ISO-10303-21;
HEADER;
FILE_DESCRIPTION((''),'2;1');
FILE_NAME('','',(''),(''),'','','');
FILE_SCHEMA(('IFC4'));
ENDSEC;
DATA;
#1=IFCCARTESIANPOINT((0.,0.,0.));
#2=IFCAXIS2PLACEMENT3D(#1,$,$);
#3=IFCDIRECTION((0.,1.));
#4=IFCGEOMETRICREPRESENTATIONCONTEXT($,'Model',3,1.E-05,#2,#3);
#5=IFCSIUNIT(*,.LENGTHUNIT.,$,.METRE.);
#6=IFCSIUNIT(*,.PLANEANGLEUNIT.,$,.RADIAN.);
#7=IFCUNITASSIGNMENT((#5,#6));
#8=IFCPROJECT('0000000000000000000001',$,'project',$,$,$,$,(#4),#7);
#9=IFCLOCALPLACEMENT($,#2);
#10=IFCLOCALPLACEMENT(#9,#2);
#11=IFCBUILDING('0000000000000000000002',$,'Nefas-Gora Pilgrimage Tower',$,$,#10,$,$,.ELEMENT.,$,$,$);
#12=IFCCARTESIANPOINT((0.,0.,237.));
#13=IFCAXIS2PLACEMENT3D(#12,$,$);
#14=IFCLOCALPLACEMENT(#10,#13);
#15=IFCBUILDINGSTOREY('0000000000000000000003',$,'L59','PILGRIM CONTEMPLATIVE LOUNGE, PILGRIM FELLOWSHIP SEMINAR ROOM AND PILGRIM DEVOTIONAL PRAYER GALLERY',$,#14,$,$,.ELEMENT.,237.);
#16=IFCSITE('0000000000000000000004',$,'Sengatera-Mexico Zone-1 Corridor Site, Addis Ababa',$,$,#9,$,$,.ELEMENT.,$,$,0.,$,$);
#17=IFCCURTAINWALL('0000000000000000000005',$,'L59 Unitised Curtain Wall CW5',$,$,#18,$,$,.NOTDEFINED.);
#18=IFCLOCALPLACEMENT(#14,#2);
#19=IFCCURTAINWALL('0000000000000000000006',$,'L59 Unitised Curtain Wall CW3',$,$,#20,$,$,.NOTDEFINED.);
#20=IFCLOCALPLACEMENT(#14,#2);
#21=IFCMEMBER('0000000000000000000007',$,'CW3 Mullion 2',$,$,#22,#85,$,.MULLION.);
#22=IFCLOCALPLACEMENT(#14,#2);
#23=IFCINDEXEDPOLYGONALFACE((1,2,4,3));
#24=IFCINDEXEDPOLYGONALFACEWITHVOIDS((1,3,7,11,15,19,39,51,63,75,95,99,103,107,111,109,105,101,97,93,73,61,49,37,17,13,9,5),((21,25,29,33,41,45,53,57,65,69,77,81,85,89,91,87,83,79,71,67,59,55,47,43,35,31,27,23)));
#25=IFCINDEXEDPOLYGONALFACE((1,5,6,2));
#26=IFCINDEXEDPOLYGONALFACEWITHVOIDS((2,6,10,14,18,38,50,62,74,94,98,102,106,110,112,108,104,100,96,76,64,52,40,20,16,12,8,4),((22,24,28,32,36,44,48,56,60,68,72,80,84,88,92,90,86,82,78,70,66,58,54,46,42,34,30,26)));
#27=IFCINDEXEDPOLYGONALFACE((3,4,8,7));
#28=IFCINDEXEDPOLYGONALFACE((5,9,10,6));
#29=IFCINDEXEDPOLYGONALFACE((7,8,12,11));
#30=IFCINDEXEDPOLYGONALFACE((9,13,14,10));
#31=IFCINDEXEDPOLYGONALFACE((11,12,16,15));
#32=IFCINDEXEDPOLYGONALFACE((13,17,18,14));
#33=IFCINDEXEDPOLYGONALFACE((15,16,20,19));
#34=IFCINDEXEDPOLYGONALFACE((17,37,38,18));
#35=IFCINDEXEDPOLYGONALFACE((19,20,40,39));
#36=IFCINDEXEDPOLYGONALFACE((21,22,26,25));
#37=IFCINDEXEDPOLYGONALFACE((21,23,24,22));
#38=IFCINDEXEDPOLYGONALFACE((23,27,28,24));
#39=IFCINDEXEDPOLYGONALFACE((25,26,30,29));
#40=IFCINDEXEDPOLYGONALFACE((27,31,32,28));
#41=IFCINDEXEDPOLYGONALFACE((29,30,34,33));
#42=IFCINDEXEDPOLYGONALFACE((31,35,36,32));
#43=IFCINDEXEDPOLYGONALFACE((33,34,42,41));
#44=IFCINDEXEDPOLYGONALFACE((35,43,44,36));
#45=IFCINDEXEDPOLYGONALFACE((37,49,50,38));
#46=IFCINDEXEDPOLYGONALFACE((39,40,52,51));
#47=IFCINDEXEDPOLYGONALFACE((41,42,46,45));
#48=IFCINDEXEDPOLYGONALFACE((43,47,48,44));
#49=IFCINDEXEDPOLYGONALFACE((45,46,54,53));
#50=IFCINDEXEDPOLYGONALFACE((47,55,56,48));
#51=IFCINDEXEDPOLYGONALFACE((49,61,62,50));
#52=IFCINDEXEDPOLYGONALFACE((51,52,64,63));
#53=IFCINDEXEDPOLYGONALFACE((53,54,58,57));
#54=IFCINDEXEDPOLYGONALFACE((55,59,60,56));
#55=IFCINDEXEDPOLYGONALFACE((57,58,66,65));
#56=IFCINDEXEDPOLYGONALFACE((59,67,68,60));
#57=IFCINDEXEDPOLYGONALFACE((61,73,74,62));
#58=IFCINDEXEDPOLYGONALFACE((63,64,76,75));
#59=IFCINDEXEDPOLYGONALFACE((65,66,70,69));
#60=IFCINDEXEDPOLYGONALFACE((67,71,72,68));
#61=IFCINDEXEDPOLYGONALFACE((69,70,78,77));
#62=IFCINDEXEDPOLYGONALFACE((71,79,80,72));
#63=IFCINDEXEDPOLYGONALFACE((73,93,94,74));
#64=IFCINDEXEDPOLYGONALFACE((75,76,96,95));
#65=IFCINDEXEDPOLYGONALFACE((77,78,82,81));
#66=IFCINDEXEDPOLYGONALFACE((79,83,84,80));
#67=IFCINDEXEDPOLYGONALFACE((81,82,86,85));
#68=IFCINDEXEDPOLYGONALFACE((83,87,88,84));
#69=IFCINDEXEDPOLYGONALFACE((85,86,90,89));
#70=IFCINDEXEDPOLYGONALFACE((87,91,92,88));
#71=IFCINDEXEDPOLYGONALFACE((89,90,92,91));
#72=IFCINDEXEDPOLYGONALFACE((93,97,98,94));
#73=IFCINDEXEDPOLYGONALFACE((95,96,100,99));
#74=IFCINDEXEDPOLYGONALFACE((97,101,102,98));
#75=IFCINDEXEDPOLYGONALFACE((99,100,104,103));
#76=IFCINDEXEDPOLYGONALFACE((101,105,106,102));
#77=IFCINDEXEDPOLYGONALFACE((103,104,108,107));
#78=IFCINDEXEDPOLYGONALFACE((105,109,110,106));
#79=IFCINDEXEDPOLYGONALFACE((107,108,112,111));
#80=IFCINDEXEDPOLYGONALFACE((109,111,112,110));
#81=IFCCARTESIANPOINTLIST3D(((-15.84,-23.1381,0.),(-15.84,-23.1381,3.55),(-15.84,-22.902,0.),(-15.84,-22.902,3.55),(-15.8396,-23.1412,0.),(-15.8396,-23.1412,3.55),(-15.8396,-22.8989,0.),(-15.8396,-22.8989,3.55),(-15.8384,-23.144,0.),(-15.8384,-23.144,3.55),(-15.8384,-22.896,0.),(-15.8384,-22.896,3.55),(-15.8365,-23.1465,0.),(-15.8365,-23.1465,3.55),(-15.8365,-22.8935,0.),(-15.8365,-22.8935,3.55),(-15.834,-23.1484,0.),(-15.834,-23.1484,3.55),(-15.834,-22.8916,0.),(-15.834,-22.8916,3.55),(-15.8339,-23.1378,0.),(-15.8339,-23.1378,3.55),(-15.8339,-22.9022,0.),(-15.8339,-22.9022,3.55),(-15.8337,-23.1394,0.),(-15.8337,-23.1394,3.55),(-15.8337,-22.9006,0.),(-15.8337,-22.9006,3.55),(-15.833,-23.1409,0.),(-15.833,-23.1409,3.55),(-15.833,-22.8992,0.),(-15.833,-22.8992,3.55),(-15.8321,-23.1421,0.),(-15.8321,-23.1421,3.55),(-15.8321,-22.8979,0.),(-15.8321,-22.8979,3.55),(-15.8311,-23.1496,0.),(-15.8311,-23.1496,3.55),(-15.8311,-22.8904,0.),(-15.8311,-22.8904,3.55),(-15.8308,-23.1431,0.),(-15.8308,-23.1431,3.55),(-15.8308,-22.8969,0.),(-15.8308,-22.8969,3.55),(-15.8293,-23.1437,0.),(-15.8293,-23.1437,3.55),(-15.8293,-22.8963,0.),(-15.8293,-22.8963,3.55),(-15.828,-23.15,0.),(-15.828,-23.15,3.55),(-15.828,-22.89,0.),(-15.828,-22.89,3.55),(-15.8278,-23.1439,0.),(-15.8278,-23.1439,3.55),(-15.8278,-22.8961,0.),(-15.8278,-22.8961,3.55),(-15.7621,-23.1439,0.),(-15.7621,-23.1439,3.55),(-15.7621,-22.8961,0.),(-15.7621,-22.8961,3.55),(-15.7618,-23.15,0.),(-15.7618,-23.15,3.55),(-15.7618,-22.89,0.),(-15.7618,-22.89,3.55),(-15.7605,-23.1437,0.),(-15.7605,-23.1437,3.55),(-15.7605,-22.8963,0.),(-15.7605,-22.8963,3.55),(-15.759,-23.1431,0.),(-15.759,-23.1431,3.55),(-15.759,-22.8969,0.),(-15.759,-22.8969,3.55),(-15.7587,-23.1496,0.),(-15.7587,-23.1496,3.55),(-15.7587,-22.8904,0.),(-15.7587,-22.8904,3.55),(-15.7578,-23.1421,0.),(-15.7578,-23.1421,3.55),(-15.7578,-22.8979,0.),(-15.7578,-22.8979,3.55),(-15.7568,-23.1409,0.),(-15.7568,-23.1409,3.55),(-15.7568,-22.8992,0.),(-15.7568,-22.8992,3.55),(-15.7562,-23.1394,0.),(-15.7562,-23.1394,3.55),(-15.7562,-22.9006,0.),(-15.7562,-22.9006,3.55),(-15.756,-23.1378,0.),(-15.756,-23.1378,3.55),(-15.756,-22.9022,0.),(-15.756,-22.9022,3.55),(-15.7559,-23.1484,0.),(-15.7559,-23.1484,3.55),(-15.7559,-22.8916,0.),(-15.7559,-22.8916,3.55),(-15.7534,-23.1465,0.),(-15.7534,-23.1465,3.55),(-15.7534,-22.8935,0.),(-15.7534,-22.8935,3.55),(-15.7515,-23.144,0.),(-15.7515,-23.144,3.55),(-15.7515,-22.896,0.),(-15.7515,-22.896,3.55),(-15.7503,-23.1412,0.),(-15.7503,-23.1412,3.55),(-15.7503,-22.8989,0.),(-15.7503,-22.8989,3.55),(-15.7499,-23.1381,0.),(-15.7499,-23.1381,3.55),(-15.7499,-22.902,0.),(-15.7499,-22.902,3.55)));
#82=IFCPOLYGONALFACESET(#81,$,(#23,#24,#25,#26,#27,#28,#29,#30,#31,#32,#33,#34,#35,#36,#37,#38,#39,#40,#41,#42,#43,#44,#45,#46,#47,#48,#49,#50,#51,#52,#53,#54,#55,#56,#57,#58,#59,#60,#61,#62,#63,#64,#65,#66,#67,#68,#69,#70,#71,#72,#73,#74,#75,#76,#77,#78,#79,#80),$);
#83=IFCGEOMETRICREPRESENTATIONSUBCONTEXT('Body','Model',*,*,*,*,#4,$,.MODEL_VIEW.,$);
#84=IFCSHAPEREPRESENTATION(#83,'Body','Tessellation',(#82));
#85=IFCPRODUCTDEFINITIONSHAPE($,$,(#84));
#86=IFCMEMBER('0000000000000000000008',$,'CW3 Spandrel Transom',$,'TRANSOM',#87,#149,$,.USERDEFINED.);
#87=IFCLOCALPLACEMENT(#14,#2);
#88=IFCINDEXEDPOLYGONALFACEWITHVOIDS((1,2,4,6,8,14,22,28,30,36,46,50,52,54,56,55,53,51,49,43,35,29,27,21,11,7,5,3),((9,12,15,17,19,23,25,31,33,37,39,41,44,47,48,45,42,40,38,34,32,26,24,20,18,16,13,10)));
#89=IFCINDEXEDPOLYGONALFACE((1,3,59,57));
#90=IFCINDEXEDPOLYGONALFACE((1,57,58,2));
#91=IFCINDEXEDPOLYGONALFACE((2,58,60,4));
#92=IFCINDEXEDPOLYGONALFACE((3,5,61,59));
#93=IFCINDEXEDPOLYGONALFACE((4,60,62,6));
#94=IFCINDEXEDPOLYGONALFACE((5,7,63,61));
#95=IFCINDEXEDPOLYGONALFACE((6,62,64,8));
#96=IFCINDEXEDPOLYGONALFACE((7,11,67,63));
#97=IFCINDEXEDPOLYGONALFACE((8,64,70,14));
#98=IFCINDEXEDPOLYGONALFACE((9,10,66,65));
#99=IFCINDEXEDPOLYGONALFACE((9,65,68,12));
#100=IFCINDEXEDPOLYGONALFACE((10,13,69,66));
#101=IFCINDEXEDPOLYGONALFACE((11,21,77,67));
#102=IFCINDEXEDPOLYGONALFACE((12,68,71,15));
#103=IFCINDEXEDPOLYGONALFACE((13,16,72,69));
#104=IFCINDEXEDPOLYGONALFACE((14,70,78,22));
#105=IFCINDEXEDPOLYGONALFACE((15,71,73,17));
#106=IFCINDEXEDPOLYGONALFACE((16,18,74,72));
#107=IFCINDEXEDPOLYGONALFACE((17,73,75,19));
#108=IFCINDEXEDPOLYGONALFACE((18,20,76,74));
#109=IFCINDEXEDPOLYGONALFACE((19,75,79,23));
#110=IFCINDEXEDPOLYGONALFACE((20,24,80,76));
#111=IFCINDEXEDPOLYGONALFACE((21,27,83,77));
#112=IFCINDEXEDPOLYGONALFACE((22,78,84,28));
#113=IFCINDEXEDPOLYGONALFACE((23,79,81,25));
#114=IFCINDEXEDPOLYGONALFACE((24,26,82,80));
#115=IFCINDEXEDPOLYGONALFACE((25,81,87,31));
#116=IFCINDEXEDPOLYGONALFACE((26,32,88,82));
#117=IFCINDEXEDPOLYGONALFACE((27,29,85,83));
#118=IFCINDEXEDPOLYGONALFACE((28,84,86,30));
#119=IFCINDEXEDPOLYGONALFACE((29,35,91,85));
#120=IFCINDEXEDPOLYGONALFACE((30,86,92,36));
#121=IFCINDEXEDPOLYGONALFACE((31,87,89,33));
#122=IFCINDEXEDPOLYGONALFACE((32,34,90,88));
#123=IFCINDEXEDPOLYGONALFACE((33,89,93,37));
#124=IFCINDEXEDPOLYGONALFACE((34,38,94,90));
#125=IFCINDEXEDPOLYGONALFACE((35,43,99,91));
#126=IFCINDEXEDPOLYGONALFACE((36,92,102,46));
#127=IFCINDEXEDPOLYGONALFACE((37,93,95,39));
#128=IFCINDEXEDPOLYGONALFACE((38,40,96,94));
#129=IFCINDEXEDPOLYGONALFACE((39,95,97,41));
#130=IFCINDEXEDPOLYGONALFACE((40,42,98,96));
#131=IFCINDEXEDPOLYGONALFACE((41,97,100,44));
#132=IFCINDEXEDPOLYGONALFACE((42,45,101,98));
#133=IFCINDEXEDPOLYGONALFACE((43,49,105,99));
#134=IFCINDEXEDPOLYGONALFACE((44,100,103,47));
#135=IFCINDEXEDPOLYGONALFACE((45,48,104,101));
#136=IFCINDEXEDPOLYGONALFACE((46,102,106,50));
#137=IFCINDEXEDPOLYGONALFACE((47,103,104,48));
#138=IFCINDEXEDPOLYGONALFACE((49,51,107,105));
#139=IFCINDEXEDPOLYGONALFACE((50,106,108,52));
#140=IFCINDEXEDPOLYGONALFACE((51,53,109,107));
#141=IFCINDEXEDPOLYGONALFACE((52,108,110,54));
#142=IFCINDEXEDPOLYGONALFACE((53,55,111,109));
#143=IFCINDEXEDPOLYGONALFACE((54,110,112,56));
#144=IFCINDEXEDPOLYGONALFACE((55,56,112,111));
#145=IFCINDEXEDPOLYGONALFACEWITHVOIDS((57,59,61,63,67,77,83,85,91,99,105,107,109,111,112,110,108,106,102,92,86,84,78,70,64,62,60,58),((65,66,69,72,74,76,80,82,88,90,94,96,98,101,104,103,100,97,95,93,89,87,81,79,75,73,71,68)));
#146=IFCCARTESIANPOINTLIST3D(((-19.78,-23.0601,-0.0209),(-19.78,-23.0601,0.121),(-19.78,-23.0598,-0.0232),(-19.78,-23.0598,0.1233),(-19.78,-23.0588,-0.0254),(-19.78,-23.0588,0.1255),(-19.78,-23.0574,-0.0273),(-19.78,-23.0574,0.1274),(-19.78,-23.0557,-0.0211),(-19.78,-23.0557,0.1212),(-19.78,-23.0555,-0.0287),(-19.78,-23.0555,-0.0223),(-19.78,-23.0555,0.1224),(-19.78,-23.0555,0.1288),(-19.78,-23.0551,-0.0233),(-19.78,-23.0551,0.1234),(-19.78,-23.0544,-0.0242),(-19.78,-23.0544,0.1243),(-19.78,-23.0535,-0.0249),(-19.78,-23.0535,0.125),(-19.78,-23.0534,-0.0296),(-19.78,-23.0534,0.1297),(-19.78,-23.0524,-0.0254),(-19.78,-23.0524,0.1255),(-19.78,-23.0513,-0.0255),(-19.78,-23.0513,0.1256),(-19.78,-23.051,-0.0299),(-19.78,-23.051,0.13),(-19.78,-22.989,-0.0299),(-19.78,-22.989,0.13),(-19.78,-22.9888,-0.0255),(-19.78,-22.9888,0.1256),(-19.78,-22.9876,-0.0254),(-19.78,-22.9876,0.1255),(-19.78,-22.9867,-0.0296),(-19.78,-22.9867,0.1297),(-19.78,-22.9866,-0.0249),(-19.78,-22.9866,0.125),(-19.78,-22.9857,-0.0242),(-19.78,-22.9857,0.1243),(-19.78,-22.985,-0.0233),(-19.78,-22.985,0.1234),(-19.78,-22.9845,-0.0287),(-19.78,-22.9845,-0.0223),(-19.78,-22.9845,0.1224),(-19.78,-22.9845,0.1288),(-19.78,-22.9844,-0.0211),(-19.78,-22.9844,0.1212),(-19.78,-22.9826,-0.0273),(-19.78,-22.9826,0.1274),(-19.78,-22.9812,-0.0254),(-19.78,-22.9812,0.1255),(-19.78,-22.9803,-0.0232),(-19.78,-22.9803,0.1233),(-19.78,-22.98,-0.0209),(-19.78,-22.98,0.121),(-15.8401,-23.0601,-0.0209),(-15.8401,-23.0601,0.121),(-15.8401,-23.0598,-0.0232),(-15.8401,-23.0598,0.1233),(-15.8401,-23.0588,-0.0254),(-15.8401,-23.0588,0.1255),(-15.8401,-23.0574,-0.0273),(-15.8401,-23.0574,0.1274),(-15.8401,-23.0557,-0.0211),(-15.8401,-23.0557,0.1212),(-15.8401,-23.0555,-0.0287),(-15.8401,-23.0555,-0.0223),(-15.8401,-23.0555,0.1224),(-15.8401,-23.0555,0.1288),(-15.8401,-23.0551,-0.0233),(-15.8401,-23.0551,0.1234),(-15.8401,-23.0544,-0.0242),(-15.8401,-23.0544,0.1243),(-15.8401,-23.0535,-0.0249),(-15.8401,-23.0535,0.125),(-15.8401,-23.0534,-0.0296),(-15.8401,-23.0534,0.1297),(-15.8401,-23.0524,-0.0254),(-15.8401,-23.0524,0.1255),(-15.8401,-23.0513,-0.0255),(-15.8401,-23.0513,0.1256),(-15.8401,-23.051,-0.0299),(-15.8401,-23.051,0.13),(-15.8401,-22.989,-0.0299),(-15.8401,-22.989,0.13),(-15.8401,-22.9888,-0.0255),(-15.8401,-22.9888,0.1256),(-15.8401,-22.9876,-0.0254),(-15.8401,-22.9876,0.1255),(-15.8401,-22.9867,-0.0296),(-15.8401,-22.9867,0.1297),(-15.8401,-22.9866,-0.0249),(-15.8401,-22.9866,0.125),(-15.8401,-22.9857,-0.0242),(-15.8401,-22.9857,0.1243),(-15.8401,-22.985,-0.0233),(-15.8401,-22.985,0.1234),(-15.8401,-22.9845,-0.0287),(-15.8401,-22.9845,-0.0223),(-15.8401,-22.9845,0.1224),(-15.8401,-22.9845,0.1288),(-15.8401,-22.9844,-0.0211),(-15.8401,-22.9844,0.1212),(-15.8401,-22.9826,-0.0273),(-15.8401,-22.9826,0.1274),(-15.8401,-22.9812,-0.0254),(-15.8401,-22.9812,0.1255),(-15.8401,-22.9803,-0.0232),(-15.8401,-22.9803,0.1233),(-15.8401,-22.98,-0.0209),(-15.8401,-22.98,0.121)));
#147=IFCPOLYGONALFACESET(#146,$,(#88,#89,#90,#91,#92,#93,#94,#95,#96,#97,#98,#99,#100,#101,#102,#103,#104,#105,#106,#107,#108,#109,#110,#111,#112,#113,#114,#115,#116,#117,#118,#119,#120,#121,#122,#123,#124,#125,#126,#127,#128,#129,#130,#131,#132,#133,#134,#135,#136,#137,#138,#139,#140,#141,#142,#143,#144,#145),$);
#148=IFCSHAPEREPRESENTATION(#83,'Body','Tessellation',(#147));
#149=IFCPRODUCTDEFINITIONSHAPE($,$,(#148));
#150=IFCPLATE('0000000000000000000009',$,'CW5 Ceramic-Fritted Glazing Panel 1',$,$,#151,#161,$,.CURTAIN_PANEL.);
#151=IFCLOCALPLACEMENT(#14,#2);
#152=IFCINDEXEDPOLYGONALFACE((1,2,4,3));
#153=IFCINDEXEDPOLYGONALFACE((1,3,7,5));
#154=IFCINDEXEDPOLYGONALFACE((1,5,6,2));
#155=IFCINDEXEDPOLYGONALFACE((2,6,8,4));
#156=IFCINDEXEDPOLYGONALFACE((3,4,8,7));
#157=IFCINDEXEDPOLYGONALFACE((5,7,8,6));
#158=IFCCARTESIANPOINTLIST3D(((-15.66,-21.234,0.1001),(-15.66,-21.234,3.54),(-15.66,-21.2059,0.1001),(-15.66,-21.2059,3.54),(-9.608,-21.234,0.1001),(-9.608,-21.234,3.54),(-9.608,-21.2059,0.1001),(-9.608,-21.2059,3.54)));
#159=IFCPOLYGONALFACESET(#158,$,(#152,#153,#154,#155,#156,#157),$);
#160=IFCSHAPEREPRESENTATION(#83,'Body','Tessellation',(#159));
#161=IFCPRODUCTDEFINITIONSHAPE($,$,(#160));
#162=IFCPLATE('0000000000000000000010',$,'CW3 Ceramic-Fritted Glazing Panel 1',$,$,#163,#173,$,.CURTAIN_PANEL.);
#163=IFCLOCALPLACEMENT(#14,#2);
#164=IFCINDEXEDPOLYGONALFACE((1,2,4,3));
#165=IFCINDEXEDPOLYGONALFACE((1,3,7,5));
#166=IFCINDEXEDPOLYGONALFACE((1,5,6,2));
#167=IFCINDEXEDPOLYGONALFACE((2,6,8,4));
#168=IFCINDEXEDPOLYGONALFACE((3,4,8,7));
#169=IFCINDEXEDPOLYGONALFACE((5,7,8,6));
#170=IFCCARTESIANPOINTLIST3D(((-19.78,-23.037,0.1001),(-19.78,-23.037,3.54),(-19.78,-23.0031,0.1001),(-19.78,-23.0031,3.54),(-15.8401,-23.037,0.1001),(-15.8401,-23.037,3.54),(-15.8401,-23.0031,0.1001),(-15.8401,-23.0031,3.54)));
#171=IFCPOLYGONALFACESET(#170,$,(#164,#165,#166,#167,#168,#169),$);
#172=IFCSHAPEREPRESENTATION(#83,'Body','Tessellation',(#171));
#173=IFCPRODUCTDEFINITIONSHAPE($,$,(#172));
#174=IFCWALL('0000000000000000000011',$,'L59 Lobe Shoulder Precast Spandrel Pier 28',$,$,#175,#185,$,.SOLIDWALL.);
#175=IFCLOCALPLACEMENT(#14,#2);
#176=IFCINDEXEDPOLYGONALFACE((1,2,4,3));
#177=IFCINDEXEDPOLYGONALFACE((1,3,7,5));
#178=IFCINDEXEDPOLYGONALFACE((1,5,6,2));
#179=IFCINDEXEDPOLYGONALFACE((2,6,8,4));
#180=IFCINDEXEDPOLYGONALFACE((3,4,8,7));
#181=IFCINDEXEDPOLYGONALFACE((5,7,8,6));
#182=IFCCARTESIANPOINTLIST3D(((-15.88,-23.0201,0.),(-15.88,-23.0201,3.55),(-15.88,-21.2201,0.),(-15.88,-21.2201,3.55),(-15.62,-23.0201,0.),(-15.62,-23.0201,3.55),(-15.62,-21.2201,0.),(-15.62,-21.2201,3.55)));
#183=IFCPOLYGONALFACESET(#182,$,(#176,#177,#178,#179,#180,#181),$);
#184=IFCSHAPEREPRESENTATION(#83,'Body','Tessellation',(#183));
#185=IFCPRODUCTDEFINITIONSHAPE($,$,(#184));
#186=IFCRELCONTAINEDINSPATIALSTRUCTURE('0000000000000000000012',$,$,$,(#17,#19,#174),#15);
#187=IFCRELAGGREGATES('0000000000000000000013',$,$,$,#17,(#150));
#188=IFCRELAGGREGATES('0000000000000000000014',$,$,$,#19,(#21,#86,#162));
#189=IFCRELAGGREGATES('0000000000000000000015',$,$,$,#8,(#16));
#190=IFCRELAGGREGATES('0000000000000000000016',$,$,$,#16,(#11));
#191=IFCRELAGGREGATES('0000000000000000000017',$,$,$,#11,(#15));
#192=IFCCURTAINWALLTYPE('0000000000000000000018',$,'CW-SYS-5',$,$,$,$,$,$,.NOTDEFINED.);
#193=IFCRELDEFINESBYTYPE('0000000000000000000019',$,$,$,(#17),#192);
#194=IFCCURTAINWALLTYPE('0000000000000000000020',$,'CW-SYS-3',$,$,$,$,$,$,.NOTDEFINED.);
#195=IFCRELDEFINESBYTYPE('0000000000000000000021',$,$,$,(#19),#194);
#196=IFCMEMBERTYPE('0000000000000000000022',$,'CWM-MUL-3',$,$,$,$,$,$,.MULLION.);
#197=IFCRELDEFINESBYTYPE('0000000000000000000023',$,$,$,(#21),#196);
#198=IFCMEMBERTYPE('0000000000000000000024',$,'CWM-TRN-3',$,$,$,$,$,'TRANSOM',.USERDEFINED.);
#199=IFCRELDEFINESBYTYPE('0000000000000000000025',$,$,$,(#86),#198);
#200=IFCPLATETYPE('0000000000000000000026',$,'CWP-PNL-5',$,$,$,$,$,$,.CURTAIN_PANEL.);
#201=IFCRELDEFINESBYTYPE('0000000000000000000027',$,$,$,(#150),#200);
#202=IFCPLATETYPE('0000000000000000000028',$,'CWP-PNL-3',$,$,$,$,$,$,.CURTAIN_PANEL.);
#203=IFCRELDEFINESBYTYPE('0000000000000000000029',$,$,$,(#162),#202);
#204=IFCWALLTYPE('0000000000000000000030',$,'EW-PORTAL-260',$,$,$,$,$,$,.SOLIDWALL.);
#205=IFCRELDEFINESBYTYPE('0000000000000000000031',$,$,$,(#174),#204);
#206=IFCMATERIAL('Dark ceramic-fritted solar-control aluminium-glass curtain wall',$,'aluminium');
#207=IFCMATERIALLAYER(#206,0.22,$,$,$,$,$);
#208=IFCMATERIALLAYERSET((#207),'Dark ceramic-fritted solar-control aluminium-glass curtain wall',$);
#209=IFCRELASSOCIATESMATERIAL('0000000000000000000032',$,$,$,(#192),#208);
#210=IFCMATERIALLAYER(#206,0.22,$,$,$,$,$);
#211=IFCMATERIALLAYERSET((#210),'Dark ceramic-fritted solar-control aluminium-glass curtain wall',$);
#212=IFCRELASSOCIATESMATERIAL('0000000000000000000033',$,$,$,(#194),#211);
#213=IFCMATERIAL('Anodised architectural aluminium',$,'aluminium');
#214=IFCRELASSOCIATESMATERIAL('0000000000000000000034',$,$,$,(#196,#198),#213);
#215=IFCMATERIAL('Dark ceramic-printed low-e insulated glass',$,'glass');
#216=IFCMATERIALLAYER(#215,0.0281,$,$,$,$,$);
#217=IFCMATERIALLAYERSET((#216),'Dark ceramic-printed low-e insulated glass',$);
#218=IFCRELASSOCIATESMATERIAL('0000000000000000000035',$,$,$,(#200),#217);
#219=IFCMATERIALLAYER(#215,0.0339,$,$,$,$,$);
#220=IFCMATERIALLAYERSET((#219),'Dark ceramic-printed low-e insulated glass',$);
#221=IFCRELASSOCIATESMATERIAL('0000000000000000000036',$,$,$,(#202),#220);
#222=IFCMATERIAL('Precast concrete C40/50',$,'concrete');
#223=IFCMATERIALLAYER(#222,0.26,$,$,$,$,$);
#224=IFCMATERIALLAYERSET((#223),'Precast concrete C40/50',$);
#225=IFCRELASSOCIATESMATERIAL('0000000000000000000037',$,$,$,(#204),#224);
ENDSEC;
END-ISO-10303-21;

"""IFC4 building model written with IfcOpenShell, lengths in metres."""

from ifc_helpers import new_model, si_unit, direction, frame, frame_2d, origin, origin_2d, place, context, subcontext, project, spatial, rectangle, hollow_rectangle, extrude, source, transform, mapped, material, layer, layer_set, material_profile, profile_set, type_object, element, aggregate, save


model = new_model("IFC4")

# Units and contexts
model_context = context("Model", 3, precision=1e-05, world=origin(), true_north=direction((0.0, 1.0)))
body_context = subcontext(model_context, "Body", "Model", "MODEL_VIEW")
ifc_project = project(units=[si_unit("LENGTHUNIT", "METRE"), si_unit("PLANEANGLEUNIT", "RADIAN")], contexts=[model_context])

# Site, building, storey
site_placement = place(None, origin())
site = spatial("IfcSite", under=ifc_project, at=site_placement, Name="Sengatera-Mexico Zone-1 Corridor Site, Addis Ababa", CompositionType="ELEMENT", RefElevation=0.0)
building_placement = place(site_placement, origin())
building = spatial("IfcBuilding", under=site, at=building_placement, Name="Nefas-Gora Pilgrimage Tower", CompositionType="ELEMENT")
storey_placement = place(building_placement, frame((0.0, 0.0, 237.0)))
storey = spatial("IfcBuildingStorey", under=building, at=storey_placement, Name="L59", Description="PILGRIM CONTEMPLATIVE LOUNGE, PILGRIM FELLOWSHIP SEMINAR ROOM AND PILGRIM DEVOTIONAL PRAYER GALLERY", CompositionType="ELEMENT", Elevation=237.0)

# Curtain wall
ifc_material_1 = material(Name="Dark ceramic-fritted solar-control aluminium-glass curtain wall", Category="aluminium")
ifc_layer_1 = layer(ifc_material_1, 0.22)
ifc_layer_set_1 = layer_set([ifc_layer_1], Name="Dark ceramic-fritted solar-control aluminium-glass curtain wall")
curtain_wall_type_1 = type_object("IfcCurtainWallType", Name="CW-SYS-5", PredefinedType="NOTDEFINED", material=ifc_layer_set_1)
curtain_wall_1_placement = place(storey_placement, origin())
curtain_wall_1 = element("IfcCurtainWall", 1, at=curtain_wall_1_placement, inside=storey, type_object=curtain_wall_type_1, Name="L59 Unitised Curtain Wall CW5", PredefinedType="NOTDEFINED")
ifc_material_2 = material(Name="Anodised architectural aluminium", Category="aluminium")

# Shared definitions
ifc_layer_2 = layer(ifc_material_1, 0.22)
ifc_layer_set_2 = layer_set([ifc_layer_2], Name="Dark ceramic-fritted solar-control aluminium-glass curtain wall")
curtain_wall_type_2 = type_object("IfcCurtainWallType", Name="CW-SYS-3", PredefinedType="NOTDEFINED", material=ifc_layer_set_2)
ifc_material_profile_1 = material_profile(ifc_material_2, hollow_rectangle(XDim=0.0901, YDim=0.26, WallThickness=0.0061, InnerFilletRadius=0.0061, OuterFilletRadius=0.012, at=origin_2d()), Name="ALU MULLION 90x260")
ifc_profile_set_1 = profile_set([ifc_material_profile_1], Name="Anodised architectural aluminium")
member_type_1 = type_object("IfcMemberType", Name="CWM-MUL-3", PredefinedType="MULLION", material=ifc_profile_set_1)
shared_shape_1 = source(origin(), body_context, "Body", "SweptSolid", [
    extrude(hollow_rectangle(XDim=0.0901, YDim=0.26, WallThickness=0.0061, InnerFilletRadius=0.0061, OuterFilletRadius=0.012, at=origin_2d()), origin(), (0.0, 0.0, 1.0), 3.55),
])

# Curtain wall, members
curtain_wall_2_placement = place(storey_placement, origin())
curtain_wall_2 = element("IfcCurtainWall", 2, at=curtain_wall_2_placement, inside=storey, type_object=curtain_wall_type_2, Name="L59 Unitised Curtain Wall CW3", PredefinedType="NOTDEFINED")
member_1_placement = place(storey_placement, frame((-15.7949, -23.02, 0.0), z_axis=(0.0, 0.0, 1.0), x_axis=(1.0, 0.0, 0.0)))
member_1 = element("IfcMember", 3, at=member_1_placement, type_object=member_type_1, Name="CW3 Mullion 2", PredefinedType="MULLION", context=body_context, shape_type="MappedRepresentation", body=[
    mapped(shared_shape_1, transform((0.0, 0.0, 0.0), x_axis=(1.0, 0.0, 0.0), y_axis=(0.0, 1.0, 0.0), z_axis=(0.0, 0.0, 1.0), scale=1.0)),
])
ifc_material_profile_2 = material_profile(ifc_material_2, hollow_rectangle(XDim=0.0801, YDim=0.1599, WallThickness=0.0044, InnerFilletRadius=0.0044, OuterFilletRadius=0.009, at=origin_2d()), Name="ALU TRANSOM 80x160")
ifc_profile_set_2 = profile_set([ifc_material_profile_2], Name="Anodised architectural aluminium")
member_type_2 = type_object("IfcMemberType", Name="CWM-TRN-3", ElementType="TRANSOM", PredefinedType="USERDEFINED", material=ifc_profile_set_2)
shared_shape_2 = source(origin(), body_context, "Body", "SweptSolid", [
    extrude(hollow_rectangle(XDim=0.0801, YDim=0.1599, WallThickness=0.0044, InnerFilletRadius=0.0044, OuterFilletRadius=0.009, at=origin_2d()), origin(), (0.0, 0.0, 1.0), 3.9399),
])
member_2_placement = place(storey_placement, frame((-19.78, -23.02, 0.05), z_axis=(1.0, 0.0, 0.0), x_axis=(0.0, 1.0, 0.0)))
member_2 = element("IfcMember", 4, at=member_2_placement, type_object=member_type_2, Name="CW3 Spandrel Transom", ObjectType="TRANSOM", PredefinedType="USERDEFINED", context=body_context, shape_type="MappedRepresentation", body=[
    mapped(shared_shape_2, transform((0.0, 0.0, 0.0), x_axis=(1.0, 0.0, 0.0), y_axis=(0.0, 1.0, 0.0), z_axis=(0.0, 0.0, 1.0), scale=1.0)),
])

# Plates
ifc_material_3 = material(Name="Dark ceramic-printed low-e insulated glass", Category="glass")
ifc_layer_3 = layer(ifc_material_3, 0.0281)
ifc_layer_set_3 = layer_set([ifc_layer_3], Name="Dark ceramic-printed low-e insulated glass")
plate_type_1 = type_object("IfcPlateType", Name="CWP-PNL-5", PredefinedType="CURTAIN_PANEL", material=ifc_layer_set_3)
shared_shape_3 = source(origin(), body_context, "Body", "SweptSolid", [
    extrude(rectangle(XDim=6.052, YDim=0.0281, at=origin_2d()), origin(), (0.0, 0.0, 1.0), 3.4399),
])
plate_1_placement = place(storey_placement, frame((-12.634, -21.22, 0.1001), z_axis=(0.0, 0.0, 1.0), x_axis=(1.0, 0.0, 0.0)))
plate_1 = element("IfcPlate", 5, at=plate_1_placement, type_object=plate_type_1, Name="CW5 Ceramic-Fritted Glazing Panel 1", PredefinedType="CURTAIN_PANEL", context=body_context, shape_type="MappedRepresentation", body=[
    mapped(shared_shape_3, transform((0.0, 0.0, 0.0), x_axis=(1.0, 0.0, 0.0), y_axis=(0.0, 1.0, 0.0), z_axis=(0.0, 0.0, 1.0), scale=1.0)),
])
aggregate(curtain_wall_1, [plate_1])
ifc_layer_4 = layer(ifc_material_3, 0.0339)
ifc_layer_set_4 = layer_set([ifc_layer_4], Name="Dark ceramic-printed low-e insulated glass")
plate_type_2 = type_object("IfcPlateType", Name="CWP-PNL-3", PredefinedType="CURTAIN_PANEL", material=ifc_layer_set_4)
shared_shape_4 = source(origin(), body_context, "Body", "SweptSolid", [
    extrude(rectangle(XDim=3.9399, YDim=0.0339, at=origin_2d()), origin(), (0.0, 0.0, 1.0), 3.4399),
])
plate_2_placement = place(storey_placement, frame((-17.8101, -23.02, 0.1001), z_axis=(0.0, 0.0, 1.0), x_axis=(1.0, 0.0, 0.0)))
plate_2 = element("IfcPlate", 6, at=plate_2_placement, type_object=plate_type_2, Name="CW3 Ceramic-Fritted Glazing Panel 1", PredefinedType="CURTAIN_PANEL", context=body_context, shape_type="MappedRepresentation", body=[
    mapped(shared_shape_4, transform((0.0, 0.0, 0.0), x_axis=(1.0, 0.0, 0.0), y_axis=(0.0, 1.0, 0.0), z_axis=(0.0, 0.0, 1.0), scale=1.0)),
])
aggregate(curtain_wall_2, [member_1, member_2, plate_2])

# Wall
ifc_material_4 = material(Name="Precast concrete C40/50", Category="concrete")
ifc_layer_5 = layer(ifc_material_4, 0.26)
ifc_layer_set_5 = layer_set([ifc_layer_5], Name="Precast concrete C40/50")
wall_type_1 = type_object("IfcWallType", Name="EW-PORTAL-260", PredefinedType="SOLIDWALL", material=ifc_layer_set_5)
shared_shape_5 = source(origin(), body_context, "Body", "SweptSolid", [
    extrude(rectangle(XDim=1.8, YDim=0.26, at=frame_2d((0.8999, 0.0))), origin(), (0.0, 0.0, 1.0), 3.55),
])
wall_1_placement = place(storey_placement, frame((-15.75, -23.02, 0.0), z_axis=(0.0, 0.0, 1.0), x_axis=(0.0, 1.0, 0.0)))
element("IfcWall", 7, at=wall_1_placement, inside=storey, type_object=wall_type_1, Name="L59 Lobe Shoulder Precast Spandrel Pier 28", PredefinedType="SOLIDWALL", context=body_context, shape_type="MappedRepresentation", body=[
    mapped(shared_shape_5, transform((0.0, 0.0, 0.0), x_axis=(1.0, 0.0, 0.0), y_axis=(0.0, 1.0, 0.0), z_axis=(0.0, 0.0, 1.0), scale=1.0)),
])

save(model, "model.ifc")
